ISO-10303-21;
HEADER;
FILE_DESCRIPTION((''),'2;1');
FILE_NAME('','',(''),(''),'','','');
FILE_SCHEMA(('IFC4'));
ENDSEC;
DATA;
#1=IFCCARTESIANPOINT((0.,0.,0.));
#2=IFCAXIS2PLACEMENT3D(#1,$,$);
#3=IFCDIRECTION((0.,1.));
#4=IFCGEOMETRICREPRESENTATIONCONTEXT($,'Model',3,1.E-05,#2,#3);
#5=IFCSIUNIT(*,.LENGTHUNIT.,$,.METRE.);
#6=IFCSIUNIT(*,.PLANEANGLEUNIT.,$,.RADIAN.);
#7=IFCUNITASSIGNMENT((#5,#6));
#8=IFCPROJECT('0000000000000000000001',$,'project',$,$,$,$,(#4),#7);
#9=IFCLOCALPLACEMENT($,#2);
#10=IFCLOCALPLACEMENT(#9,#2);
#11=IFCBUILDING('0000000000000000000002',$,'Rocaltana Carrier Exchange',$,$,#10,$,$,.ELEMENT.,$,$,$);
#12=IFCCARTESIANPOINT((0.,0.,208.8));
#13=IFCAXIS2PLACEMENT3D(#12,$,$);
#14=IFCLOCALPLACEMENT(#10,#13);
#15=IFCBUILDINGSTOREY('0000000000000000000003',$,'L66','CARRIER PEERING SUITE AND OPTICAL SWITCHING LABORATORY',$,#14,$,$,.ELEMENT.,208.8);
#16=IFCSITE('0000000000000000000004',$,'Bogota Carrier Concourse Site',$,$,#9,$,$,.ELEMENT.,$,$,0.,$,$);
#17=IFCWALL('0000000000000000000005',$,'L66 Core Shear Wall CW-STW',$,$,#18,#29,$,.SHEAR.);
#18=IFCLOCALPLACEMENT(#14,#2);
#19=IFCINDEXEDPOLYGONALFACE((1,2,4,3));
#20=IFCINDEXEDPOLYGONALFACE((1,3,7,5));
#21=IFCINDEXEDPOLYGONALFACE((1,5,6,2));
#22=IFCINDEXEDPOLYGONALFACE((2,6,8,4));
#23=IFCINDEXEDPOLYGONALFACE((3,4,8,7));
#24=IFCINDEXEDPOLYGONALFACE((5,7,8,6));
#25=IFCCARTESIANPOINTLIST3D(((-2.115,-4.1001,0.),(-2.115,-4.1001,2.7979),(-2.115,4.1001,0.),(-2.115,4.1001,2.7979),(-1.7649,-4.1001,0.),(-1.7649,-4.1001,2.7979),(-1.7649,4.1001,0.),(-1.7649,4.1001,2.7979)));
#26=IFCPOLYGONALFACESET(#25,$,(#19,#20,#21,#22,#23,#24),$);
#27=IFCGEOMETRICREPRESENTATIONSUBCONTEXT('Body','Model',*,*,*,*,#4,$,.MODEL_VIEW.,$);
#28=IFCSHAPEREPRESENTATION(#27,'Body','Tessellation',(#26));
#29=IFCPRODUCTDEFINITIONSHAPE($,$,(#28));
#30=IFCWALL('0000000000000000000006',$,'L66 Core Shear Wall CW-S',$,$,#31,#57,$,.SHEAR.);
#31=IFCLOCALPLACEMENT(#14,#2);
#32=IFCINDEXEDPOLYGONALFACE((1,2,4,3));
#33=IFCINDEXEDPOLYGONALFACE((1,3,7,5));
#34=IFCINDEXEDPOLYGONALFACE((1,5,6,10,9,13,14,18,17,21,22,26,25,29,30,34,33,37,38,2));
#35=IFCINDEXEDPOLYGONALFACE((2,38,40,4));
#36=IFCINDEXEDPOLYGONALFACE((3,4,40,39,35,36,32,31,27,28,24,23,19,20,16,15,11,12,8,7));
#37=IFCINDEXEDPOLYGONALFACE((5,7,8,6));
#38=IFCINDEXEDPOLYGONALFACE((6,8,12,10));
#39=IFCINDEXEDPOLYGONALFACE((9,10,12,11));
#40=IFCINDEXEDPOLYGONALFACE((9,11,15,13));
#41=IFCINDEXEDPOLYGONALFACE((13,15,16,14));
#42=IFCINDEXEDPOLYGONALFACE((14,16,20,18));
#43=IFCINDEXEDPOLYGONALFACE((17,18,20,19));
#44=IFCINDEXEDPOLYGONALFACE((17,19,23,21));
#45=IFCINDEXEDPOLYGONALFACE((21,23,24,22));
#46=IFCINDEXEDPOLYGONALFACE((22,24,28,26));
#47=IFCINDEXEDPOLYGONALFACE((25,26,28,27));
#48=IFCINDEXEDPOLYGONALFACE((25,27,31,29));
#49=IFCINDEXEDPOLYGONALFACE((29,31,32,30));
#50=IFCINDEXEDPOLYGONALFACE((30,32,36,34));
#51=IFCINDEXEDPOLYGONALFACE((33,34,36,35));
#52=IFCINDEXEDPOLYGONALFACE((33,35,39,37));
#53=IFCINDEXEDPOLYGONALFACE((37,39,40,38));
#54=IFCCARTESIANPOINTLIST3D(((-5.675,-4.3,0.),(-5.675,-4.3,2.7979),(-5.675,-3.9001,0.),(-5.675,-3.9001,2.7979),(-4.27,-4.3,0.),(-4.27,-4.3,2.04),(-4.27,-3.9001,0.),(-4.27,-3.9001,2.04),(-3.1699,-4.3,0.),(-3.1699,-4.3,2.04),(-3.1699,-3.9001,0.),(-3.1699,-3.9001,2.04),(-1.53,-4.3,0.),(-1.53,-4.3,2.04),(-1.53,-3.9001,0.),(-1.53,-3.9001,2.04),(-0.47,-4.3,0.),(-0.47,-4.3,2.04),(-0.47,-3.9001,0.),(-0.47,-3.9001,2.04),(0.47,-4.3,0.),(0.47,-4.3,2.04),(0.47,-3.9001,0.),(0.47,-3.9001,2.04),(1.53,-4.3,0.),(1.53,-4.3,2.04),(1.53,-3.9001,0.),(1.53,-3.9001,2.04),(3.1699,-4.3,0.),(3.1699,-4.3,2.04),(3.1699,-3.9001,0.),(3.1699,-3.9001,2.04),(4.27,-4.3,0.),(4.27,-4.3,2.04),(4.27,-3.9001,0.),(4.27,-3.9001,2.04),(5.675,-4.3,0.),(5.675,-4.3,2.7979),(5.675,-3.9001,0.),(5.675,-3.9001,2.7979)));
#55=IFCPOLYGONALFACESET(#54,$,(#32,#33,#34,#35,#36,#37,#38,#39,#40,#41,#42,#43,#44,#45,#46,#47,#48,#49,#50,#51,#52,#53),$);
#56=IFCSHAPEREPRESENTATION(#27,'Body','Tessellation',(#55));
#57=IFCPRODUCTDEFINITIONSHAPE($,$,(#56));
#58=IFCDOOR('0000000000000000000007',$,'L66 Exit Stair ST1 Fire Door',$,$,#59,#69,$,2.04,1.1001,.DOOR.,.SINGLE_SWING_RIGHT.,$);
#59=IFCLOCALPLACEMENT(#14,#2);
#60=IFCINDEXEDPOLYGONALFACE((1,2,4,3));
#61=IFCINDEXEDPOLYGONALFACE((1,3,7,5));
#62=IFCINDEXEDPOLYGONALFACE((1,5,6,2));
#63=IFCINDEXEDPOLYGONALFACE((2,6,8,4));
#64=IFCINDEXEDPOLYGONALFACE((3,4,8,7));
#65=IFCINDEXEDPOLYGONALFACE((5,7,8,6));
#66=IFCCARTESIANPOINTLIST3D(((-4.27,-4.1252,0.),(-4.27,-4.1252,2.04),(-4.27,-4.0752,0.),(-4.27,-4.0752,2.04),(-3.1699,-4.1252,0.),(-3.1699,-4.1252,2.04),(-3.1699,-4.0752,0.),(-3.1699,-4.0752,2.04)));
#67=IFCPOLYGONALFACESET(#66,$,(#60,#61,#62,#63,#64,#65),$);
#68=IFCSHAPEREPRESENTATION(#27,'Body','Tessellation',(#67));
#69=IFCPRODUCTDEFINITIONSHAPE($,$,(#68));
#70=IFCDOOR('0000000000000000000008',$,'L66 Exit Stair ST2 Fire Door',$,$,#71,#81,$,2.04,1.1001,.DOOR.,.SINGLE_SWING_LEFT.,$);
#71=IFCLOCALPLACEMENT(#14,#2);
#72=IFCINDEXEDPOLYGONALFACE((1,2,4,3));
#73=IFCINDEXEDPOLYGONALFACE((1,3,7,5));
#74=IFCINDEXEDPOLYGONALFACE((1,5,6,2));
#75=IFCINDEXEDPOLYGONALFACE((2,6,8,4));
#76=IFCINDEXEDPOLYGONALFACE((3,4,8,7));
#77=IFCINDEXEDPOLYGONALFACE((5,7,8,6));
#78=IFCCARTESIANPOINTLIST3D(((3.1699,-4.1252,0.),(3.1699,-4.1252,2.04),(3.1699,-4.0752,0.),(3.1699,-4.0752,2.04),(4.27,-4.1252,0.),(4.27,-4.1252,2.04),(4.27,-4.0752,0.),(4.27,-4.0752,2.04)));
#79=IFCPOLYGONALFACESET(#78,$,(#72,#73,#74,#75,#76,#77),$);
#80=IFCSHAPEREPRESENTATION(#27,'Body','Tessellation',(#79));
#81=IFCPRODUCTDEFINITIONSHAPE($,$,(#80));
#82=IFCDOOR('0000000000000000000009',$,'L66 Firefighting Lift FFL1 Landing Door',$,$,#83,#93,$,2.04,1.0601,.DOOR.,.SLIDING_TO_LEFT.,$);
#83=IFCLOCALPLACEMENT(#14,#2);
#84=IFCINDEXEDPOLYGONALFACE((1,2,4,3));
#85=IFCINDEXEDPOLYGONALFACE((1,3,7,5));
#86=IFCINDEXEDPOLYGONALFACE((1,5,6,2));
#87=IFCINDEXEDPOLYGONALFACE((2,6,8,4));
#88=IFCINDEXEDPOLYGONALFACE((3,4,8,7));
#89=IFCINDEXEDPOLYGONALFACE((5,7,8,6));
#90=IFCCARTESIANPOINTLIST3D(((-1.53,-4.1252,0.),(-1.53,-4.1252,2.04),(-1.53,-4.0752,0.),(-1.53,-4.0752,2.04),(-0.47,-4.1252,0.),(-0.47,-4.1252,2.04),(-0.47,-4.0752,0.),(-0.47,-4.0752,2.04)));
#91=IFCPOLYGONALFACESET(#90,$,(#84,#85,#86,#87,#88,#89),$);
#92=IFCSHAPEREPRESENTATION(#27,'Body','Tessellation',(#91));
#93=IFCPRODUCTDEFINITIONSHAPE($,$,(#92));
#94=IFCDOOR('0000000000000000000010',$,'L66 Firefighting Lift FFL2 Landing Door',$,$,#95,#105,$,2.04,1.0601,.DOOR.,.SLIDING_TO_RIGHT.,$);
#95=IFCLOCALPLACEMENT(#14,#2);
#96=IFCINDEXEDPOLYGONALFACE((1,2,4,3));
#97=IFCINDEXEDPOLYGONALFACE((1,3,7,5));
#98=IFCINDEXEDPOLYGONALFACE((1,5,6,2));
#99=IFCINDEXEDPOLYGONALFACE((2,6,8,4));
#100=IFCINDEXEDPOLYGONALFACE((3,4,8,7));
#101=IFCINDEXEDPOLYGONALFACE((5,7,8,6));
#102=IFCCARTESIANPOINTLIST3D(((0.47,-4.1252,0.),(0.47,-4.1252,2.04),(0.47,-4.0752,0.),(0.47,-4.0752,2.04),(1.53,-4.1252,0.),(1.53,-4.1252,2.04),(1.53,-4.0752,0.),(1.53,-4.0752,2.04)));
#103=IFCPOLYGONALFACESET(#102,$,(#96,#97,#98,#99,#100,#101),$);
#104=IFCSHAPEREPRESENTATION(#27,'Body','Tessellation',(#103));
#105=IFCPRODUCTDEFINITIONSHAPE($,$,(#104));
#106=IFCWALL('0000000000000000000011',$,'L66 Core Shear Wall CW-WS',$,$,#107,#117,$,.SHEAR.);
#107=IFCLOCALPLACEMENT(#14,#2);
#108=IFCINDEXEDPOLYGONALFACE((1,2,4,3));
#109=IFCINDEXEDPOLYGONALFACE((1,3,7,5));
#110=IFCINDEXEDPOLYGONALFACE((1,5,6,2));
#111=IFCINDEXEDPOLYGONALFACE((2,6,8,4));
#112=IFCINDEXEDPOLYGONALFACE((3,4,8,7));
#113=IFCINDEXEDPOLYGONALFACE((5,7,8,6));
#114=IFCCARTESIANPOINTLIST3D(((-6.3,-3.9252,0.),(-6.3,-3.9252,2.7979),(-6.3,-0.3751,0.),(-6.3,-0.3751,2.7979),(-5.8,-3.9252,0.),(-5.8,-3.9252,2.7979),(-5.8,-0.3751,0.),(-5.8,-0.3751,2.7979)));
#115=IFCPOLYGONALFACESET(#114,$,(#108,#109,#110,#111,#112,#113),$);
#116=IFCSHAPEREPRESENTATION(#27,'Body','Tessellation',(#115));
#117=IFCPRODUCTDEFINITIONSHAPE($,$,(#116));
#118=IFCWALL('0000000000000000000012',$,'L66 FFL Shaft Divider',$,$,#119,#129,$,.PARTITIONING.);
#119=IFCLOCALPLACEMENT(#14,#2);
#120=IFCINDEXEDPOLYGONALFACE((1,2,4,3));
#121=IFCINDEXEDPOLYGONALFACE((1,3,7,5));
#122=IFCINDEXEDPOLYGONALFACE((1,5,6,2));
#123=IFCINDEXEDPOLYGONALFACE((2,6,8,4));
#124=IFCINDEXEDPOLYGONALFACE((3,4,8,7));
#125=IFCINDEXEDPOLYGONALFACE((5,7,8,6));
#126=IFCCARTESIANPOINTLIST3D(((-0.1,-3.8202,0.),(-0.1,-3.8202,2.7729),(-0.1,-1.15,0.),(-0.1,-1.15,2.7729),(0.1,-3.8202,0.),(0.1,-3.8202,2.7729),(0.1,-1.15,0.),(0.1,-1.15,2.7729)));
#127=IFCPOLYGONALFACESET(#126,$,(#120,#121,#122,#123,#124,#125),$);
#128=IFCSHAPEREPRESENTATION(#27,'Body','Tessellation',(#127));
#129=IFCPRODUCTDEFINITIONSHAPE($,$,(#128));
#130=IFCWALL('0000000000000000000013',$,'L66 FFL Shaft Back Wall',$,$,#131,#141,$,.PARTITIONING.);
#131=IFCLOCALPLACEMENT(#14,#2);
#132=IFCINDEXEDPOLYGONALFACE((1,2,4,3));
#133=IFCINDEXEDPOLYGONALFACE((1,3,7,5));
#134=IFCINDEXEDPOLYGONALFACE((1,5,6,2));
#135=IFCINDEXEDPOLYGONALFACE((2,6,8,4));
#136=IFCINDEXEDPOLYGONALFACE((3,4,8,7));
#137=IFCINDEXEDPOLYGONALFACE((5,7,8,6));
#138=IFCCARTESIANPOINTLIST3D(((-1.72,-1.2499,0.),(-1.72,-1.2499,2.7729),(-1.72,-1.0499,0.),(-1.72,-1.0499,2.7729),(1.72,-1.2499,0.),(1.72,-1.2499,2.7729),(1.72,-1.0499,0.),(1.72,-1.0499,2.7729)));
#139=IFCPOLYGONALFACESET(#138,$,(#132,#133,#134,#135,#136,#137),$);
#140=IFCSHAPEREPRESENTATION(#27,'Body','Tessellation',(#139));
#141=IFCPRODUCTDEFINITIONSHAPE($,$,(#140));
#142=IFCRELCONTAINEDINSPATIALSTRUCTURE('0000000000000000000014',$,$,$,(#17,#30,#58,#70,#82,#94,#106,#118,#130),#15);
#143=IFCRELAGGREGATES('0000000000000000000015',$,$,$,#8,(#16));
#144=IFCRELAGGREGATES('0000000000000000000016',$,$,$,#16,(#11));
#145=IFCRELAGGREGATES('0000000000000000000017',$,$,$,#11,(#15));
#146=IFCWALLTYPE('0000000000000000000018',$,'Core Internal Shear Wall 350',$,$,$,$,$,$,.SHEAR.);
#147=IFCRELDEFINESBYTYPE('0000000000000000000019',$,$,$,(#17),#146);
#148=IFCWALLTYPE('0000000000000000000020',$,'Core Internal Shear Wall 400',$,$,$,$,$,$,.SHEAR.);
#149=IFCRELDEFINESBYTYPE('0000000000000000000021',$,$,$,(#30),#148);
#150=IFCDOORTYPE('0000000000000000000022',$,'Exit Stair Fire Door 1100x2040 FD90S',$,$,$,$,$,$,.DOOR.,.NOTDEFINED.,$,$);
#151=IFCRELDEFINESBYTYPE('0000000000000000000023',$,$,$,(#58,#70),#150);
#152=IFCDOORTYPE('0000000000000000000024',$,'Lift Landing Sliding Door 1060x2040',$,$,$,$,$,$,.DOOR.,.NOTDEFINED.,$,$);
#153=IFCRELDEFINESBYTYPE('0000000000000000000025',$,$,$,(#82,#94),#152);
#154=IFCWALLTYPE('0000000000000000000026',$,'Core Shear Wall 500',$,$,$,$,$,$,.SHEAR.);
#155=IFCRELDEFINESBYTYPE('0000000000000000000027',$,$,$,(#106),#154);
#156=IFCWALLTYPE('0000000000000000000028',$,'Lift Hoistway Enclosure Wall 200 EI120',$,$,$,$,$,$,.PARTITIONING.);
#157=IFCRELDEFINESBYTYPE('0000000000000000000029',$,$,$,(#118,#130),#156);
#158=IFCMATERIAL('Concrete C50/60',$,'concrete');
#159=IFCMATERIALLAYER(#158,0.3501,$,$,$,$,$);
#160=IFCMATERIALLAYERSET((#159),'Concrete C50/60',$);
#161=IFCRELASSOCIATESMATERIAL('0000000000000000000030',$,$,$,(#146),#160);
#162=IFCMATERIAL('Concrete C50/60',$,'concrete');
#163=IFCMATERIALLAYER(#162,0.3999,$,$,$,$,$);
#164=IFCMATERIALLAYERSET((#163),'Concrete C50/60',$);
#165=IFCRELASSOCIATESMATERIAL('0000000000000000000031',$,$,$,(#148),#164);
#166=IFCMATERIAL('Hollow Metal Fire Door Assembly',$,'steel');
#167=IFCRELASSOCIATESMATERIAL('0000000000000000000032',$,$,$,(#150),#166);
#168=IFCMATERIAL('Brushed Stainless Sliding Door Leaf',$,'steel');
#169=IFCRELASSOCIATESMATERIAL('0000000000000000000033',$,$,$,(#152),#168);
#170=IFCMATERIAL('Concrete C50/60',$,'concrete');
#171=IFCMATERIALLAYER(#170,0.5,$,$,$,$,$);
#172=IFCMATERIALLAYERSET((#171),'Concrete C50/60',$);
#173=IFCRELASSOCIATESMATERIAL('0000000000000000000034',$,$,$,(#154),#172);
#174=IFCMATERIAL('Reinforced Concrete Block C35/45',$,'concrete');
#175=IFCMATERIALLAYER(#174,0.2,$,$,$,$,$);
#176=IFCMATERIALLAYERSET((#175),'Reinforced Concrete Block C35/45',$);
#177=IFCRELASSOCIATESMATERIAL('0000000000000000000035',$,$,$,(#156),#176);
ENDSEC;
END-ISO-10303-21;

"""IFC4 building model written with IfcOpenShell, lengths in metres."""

from ifc_helpers import new_model, si_unit, direction, frame, frame_2d, origin, place, context, subcontext, project, spatial, rectangle, extrude, material, layer, layer_set, type_object, element, fill, save


model = new_model("IFC4")

# Units and contexts
model_context = context("Model", 3, precision=1e-05, world=origin(), true_north=direction((0.0, 1.0)))
body_context = subcontext(model_context, "Body", "Model", "MODEL_VIEW")
ifc_project = project(units=[si_unit("LENGTHUNIT", "METRE"), si_unit("PLANEANGLEUNIT", "RADIAN")], contexts=[model_context])

# Site, building, storey
site_placement = place(None, origin())
site = spatial("IfcSite", under=ifc_project, at=site_placement, Name="Bogota Carrier Concourse Site", CompositionType="ELEMENT", RefElevation=0.0)
building_placement = place(site_placement, origin())
building = spatial("IfcBuilding", under=site, at=building_placement, Name="Rocaltana Carrier Exchange", CompositionType="ELEMENT")
storey_placement = place(building_placement, frame((0.0, 0.0, 208.8)))
storey = spatial("IfcBuildingStorey", under=building, at=storey_placement, Name="L66", Description="CARRIER PEERING SUITE AND OPTICAL SWITCHING LABORATORY", CompositionType="ELEMENT", Elevation=208.8)

# Wall
ifc_material_1 = material(Name="Concrete C50/60", Category="concrete")
ifc_layer_1 = layer(ifc_material_1, 0.3501)
ifc_layer_set_1 = layer_set([ifc_layer_1], Name="Concrete C50/60")
wall_type_1 = type_object("IfcWallType", Name="Core Internal Shear Wall 350", PredefinedType="SHEAR", material=ifc_layer_set_1)
wall_1_placement = place(storey_placement, frame((-1.9399, -4.1001, 0.0), z_axis=(0.0, 0.0, 1.0), x_axis=(0.0, 1.0, 0.0)))
element("IfcWall", 1, at=wall_1_placement, inside=storey, type_object=wall_type_1, Name="L66 Core Shear Wall CW-STW", PredefinedType="SHEAR", context=body_context, shape_type="SweptSolid", body=[
    extrude(rectangle(XDim=8.2002, YDim=0.3501, at=frame_2d((4.1001, 0.0))), origin(), (0.0, 0.0, 1.0), 2.7979),
])

# Wall, openings, doors
ifc_material_2 = material(Name="Concrete C50/60", Category="concrete")
ifc_layer_2 = layer(ifc_material_2, 0.3999)
ifc_layer_set_2 = layer_set([ifc_layer_2], Name="Concrete C50/60")
wall_type_2 = type_object("IfcWallType", Name="Core Internal Shear Wall 400", PredefinedType="SHEAR", material=ifc_layer_set_2)
wall_2_placement = place(storey_placement, frame((-5.675, -4.1001, 0.0), z_axis=(0.0, 0.0, 1.0), x_axis=(1.0, 0.0, 0.0)))
wall_2 = element("IfcWall", 2, at=wall_2_placement, inside=storey, type_object=wall_type_2, Name="L66 Core Shear Wall CW-S", PredefinedType="SHEAR", context=body_context, shape_type="SweptSolid", body=[
    extrude(rectangle(XDim=11.3501, YDim=0.3999, at=frame_2d((5.675, 0.0))), origin(), (0.0, 0.0, 1.0), 2.7979),
])
opening_1_placement = place(wall_2_placement, frame((1.405, 0.0, 0.0)))
opening_1 = element("IfcOpeningElement", 3, at=opening_1_placement, cuts=wall_2, PredefinedType="OPENING", context=body_context, shape_type="SweptSolid", body=[
    extrude(rectangle(XDim=1.1001, YDim=2.04, at=frame_2d((0.55, 1.02))), frame((0.0, 0.21, 0.0), z_axis=(0.0, -1.0, 0.0), x_axis=(1.0, 0.0, 0.0)), (0.0, 0.0, 1.0), 0.4199),
])
opening_2_placement = place(wall_2_placement, frame((8.845, 0.0, 0.0)))
opening_2 = element("IfcOpeningElement", 4, at=opening_2_placement, cuts=wall_2, PredefinedType="OPENING", context=body_context, shape_type="SweptSolid", body=[
    extrude(rectangle(XDim=1.1001, YDim=2.04, at=frame_2d((0.55, 1.02))), frame((0.0, 0.21, 0.0), z_axis=(0.0, -1.0, 0.0), x_axis=(1.0, 0.0, 0.0)), (0.0, 0.0, 1.0), 0.4199),
])
opening_3_placement = place(wall_2_placement, frame((4.145, 0.0, 0.0)))
opening_3 = element("IfcOpeningElement", 5, at=opening_3_placement, cuts=wall_2, PredefinedType="OPENING", context=body_context, shape_type="SweptSolid", body=[
    extrude(rectangle(XDim=1.0601, YDim=2.04, at=frame_2d((0.53, 1.02))), frame((0.0, 0.21, 0.0), z_axis=(0.0, -1.0, 0.0), x_axis=(1.0, 0.0, 0.0)), (0.0, 0.0, 1.0), 0.4199),
])
opening_4_placement = place(wall_2_placement, frame((6.145, 0.0, 0.0)))
opening_4 = element("IfcOpeningElement", 6, at=opening_4_placement, cuts=wall_2, PredefinedType="OPENING", context=body_context, shape_type="SweptSolid", body=[
    extrude(rectangle(XDim=1.0601, YDim=2.04, at=frame_2d((0.53, 1.02))), frame((0.0, 0.21, 0.0), z_axis=(0.0, -1.0, 0.0), x_axis=(1.0, 0.0, 0.0)), (0.0, 0.0, 1.0), 0.4199),
])
ifc_material_3 = material(Name="Hollow Metal Fire Door Assembly", Category="steel")
door_type_1 = type_object("IfcDoorType", Name="Exit Stair Fire Door 1100x2040 FD90S", OperationType="NOTDEFINED", PredefinedType="DOOR", material=ifc_material_3)
door_1_placement = place(opening_1_placement, origin())
door_1 = element("IfcDoor", 7, at=door_1_placement, inside=storey, type_object=door_type_1, Name="L66 Exit Stair ST1 Fire Door", OperationType="SINGLE_SWING_RIGHT", OverallHeight=2.04, OverallWidth=1.1001, PredefinedType="DOOR", context=body_context, shape_type="SweptSolid", body=[
    extrude(rectangle(XDim=1.1001, YDim=2.04, at=frame_2d((0.55, 1.02))), frame((0.0, 0.0249, 0.0), z_axis=(0.0, -1.0, 0.0), x_axis=(1.0, 0.0, 0.0)), (0.0, 0.0, 1.0), 0.05),
])
fill(opening_1, door_1)
door_2_placement = place(opening_2_placement, origin())
door_2 = element("IfcDoor", 8, at=door_2_placement, inside=storey, type_object=door_type_1, Name="L66 Exit Stair ST2 Fire Door", OperationType="SINGLE_SWING_LEFT", OverallHeight=2.04, OverallWidth=1.1001, PredefinedType="DOOR", context=body_context, shape_type="SweptSolid", body=[
    extrude(rectangle(XDim=1.1001, YDim=2.04, at=frame_2d((0.55, 1.02))), frame((0.0, 0.0249, 0.0), z_axis=(0.0, -1.0, 0.0), x_axis=(1.0, 0.0, 0.0)), (0.0, 0.0, 1.0), 0.05),
])
fill(opening_2, door_2)
ifc_material_4 = material(Name="Brushed Stainless Sliding Door Leaf", Category="steel")
door_type_2 = type_object("IfcDoorType", Name="Lift Landing Sliding Door 1060x2040", OperationType="NOTDEFINED", PredefinedType="DOOR", material=ifc_material_4)
door_3_placement = place(opening_3_placement, origin())
door_3 = element("IfcDoor", 9, at=door_3_placement, inside=storey, type_object=door_type_2, Name="L66 Firefighting Lift FFL1 Landing Door", OperationType="SLIDING_TO_LEFT", OverallHeight=2.04, OverallWidth=1.0601, PredefinedType="DOOR", context=body_context, shape_type="SweptSolid", body=[
    extrude(rectangle(XDim=1.0601, YDim=2.04, at=frame_2d((0.53, 1.02))), frame((0.0, 0.0249, 0.0), z_axis=(0.0, -1.0, 0.0), x_axis=(1.0, 0.0, 0.0)), (0.0, 0.0, 1.0), 0.05),
])
fill(opening_3, door_3)
door_4_placement = place(opening_4_placement, origin())
door_4 = element("IfcDoor", 10, at=door_4_placement, inside=storey, type_object=door_type_2, Name="L66 Firefighting Lift FFL2 Landing Door", OperationType="SLIDING_TO_RIGHT", OverallHeight=2.04, OverallWidth=1.0601, PredefinedType="DOOR", context=body_context, shape_type="SweptSolid", body=[
    extrude(rectangle(XDim=1.0601, YDim=2.04, at=frame_2d((0.53, 1.02))), frame((0.0, 0.0249, 0.0), z_axis=(0.0, -1.0, 0.0), x_axis=(1.0, 0.0, 0.0)), (0.0, 0.0, 1.0), 0.05),
])
fill(opening_4, door_4)

# Walls
ifc_material_5 = material(Name="Concrete C50/60", Category="concrete")
ifc_layer_3 = layer(ifc_material_5, 0.5)
ifc_layer_set_3 = layer_set([ifc_layer_3], Name="Concrete C50/60")
wall_type_3 = type_object("IfcWallType", Name="Core Shear Wall 500", PredefinedType="SHEAR", material=ifc_layer_set_3)
wall_3_placement = place(storey_placement, frame((-6.05, -3.925, 0.0), z_axis=(0.0, 0.0, 1.0), x_axis=(0.0, 1.0, 0.0)))
element("IfcWall", 11, at=wall_3_placement, inside=storey, type_object=wall_type_3, Name="L66 Core Shear Wall CW-WS", PredefinedType="SHEAR", context=body_context, shape_type="SweptSolid", body=[
    extrude(rectangle(XDim=3.55, YDim=0.5, at=frame_2d((1.7749, 0.0))), origin(), (0.0, 0.0, 1.0), 2.7979),
])
ifc_material_6 = material(Name="Reinforced Concrete Block C35/45", Category="concrete")
ifc_layer_4 = layer(ifc_material_6, 0.2)
ifc_layer_set_4 = layer_set([ifc_layer_4], Name="Reinforced Concrete Block C35/45")
wall_type_4 = type_object("IfcWallType", Name="Lift Hoistway Enclosure Wall 200 EI120", PredefinedType="PARTITIONING", material=ifc_layer_set_4)
wall_4_placement = place(storey_placement, frame((0.0, -3.8201, 0.0), z_axis=(0.0, 0.0, 1.0), x_axis=(0.0, 1.0, 0.0)))
element("IfcWall", 12, at=wall_4_placement, inside=storey, type_object=wall_type_4, Name="L66 FFL Shaft Divider", PredefinedType="PARTITIONING", context=body_context, shape_type="SweptSolid", body=[
    extrude(rectangle(XDim=2.6702, YDim=0.2, at=frame_2d((1.335, 0.0))), origin(), (0.0, 0.0, 1.0), 2.7729),
])
wall_5_placement = place(storey_placement, frame((-1.72, -1.1499, 0.0), z_axis=(0.0, 0.0, 1.0), x_axis=(1.0, 0.0, 0.0)))
element("IfcWall", 13, at=wall_5_placement, inside=storey, type_object=wall_type_4, Name="L66 FFL Shaft Back Wall", PredefinedType="PARTITIONING", context=body_context, shape_type="SweptSolid", body=[
    extrude(rectangle(XDim=3.4399, YDim=0.2, at=frame_2d((1.72, 0.0))), origin(), (0.0, 0.0, 1.0), 2.7729),
])

save(model, "model.ifc")
